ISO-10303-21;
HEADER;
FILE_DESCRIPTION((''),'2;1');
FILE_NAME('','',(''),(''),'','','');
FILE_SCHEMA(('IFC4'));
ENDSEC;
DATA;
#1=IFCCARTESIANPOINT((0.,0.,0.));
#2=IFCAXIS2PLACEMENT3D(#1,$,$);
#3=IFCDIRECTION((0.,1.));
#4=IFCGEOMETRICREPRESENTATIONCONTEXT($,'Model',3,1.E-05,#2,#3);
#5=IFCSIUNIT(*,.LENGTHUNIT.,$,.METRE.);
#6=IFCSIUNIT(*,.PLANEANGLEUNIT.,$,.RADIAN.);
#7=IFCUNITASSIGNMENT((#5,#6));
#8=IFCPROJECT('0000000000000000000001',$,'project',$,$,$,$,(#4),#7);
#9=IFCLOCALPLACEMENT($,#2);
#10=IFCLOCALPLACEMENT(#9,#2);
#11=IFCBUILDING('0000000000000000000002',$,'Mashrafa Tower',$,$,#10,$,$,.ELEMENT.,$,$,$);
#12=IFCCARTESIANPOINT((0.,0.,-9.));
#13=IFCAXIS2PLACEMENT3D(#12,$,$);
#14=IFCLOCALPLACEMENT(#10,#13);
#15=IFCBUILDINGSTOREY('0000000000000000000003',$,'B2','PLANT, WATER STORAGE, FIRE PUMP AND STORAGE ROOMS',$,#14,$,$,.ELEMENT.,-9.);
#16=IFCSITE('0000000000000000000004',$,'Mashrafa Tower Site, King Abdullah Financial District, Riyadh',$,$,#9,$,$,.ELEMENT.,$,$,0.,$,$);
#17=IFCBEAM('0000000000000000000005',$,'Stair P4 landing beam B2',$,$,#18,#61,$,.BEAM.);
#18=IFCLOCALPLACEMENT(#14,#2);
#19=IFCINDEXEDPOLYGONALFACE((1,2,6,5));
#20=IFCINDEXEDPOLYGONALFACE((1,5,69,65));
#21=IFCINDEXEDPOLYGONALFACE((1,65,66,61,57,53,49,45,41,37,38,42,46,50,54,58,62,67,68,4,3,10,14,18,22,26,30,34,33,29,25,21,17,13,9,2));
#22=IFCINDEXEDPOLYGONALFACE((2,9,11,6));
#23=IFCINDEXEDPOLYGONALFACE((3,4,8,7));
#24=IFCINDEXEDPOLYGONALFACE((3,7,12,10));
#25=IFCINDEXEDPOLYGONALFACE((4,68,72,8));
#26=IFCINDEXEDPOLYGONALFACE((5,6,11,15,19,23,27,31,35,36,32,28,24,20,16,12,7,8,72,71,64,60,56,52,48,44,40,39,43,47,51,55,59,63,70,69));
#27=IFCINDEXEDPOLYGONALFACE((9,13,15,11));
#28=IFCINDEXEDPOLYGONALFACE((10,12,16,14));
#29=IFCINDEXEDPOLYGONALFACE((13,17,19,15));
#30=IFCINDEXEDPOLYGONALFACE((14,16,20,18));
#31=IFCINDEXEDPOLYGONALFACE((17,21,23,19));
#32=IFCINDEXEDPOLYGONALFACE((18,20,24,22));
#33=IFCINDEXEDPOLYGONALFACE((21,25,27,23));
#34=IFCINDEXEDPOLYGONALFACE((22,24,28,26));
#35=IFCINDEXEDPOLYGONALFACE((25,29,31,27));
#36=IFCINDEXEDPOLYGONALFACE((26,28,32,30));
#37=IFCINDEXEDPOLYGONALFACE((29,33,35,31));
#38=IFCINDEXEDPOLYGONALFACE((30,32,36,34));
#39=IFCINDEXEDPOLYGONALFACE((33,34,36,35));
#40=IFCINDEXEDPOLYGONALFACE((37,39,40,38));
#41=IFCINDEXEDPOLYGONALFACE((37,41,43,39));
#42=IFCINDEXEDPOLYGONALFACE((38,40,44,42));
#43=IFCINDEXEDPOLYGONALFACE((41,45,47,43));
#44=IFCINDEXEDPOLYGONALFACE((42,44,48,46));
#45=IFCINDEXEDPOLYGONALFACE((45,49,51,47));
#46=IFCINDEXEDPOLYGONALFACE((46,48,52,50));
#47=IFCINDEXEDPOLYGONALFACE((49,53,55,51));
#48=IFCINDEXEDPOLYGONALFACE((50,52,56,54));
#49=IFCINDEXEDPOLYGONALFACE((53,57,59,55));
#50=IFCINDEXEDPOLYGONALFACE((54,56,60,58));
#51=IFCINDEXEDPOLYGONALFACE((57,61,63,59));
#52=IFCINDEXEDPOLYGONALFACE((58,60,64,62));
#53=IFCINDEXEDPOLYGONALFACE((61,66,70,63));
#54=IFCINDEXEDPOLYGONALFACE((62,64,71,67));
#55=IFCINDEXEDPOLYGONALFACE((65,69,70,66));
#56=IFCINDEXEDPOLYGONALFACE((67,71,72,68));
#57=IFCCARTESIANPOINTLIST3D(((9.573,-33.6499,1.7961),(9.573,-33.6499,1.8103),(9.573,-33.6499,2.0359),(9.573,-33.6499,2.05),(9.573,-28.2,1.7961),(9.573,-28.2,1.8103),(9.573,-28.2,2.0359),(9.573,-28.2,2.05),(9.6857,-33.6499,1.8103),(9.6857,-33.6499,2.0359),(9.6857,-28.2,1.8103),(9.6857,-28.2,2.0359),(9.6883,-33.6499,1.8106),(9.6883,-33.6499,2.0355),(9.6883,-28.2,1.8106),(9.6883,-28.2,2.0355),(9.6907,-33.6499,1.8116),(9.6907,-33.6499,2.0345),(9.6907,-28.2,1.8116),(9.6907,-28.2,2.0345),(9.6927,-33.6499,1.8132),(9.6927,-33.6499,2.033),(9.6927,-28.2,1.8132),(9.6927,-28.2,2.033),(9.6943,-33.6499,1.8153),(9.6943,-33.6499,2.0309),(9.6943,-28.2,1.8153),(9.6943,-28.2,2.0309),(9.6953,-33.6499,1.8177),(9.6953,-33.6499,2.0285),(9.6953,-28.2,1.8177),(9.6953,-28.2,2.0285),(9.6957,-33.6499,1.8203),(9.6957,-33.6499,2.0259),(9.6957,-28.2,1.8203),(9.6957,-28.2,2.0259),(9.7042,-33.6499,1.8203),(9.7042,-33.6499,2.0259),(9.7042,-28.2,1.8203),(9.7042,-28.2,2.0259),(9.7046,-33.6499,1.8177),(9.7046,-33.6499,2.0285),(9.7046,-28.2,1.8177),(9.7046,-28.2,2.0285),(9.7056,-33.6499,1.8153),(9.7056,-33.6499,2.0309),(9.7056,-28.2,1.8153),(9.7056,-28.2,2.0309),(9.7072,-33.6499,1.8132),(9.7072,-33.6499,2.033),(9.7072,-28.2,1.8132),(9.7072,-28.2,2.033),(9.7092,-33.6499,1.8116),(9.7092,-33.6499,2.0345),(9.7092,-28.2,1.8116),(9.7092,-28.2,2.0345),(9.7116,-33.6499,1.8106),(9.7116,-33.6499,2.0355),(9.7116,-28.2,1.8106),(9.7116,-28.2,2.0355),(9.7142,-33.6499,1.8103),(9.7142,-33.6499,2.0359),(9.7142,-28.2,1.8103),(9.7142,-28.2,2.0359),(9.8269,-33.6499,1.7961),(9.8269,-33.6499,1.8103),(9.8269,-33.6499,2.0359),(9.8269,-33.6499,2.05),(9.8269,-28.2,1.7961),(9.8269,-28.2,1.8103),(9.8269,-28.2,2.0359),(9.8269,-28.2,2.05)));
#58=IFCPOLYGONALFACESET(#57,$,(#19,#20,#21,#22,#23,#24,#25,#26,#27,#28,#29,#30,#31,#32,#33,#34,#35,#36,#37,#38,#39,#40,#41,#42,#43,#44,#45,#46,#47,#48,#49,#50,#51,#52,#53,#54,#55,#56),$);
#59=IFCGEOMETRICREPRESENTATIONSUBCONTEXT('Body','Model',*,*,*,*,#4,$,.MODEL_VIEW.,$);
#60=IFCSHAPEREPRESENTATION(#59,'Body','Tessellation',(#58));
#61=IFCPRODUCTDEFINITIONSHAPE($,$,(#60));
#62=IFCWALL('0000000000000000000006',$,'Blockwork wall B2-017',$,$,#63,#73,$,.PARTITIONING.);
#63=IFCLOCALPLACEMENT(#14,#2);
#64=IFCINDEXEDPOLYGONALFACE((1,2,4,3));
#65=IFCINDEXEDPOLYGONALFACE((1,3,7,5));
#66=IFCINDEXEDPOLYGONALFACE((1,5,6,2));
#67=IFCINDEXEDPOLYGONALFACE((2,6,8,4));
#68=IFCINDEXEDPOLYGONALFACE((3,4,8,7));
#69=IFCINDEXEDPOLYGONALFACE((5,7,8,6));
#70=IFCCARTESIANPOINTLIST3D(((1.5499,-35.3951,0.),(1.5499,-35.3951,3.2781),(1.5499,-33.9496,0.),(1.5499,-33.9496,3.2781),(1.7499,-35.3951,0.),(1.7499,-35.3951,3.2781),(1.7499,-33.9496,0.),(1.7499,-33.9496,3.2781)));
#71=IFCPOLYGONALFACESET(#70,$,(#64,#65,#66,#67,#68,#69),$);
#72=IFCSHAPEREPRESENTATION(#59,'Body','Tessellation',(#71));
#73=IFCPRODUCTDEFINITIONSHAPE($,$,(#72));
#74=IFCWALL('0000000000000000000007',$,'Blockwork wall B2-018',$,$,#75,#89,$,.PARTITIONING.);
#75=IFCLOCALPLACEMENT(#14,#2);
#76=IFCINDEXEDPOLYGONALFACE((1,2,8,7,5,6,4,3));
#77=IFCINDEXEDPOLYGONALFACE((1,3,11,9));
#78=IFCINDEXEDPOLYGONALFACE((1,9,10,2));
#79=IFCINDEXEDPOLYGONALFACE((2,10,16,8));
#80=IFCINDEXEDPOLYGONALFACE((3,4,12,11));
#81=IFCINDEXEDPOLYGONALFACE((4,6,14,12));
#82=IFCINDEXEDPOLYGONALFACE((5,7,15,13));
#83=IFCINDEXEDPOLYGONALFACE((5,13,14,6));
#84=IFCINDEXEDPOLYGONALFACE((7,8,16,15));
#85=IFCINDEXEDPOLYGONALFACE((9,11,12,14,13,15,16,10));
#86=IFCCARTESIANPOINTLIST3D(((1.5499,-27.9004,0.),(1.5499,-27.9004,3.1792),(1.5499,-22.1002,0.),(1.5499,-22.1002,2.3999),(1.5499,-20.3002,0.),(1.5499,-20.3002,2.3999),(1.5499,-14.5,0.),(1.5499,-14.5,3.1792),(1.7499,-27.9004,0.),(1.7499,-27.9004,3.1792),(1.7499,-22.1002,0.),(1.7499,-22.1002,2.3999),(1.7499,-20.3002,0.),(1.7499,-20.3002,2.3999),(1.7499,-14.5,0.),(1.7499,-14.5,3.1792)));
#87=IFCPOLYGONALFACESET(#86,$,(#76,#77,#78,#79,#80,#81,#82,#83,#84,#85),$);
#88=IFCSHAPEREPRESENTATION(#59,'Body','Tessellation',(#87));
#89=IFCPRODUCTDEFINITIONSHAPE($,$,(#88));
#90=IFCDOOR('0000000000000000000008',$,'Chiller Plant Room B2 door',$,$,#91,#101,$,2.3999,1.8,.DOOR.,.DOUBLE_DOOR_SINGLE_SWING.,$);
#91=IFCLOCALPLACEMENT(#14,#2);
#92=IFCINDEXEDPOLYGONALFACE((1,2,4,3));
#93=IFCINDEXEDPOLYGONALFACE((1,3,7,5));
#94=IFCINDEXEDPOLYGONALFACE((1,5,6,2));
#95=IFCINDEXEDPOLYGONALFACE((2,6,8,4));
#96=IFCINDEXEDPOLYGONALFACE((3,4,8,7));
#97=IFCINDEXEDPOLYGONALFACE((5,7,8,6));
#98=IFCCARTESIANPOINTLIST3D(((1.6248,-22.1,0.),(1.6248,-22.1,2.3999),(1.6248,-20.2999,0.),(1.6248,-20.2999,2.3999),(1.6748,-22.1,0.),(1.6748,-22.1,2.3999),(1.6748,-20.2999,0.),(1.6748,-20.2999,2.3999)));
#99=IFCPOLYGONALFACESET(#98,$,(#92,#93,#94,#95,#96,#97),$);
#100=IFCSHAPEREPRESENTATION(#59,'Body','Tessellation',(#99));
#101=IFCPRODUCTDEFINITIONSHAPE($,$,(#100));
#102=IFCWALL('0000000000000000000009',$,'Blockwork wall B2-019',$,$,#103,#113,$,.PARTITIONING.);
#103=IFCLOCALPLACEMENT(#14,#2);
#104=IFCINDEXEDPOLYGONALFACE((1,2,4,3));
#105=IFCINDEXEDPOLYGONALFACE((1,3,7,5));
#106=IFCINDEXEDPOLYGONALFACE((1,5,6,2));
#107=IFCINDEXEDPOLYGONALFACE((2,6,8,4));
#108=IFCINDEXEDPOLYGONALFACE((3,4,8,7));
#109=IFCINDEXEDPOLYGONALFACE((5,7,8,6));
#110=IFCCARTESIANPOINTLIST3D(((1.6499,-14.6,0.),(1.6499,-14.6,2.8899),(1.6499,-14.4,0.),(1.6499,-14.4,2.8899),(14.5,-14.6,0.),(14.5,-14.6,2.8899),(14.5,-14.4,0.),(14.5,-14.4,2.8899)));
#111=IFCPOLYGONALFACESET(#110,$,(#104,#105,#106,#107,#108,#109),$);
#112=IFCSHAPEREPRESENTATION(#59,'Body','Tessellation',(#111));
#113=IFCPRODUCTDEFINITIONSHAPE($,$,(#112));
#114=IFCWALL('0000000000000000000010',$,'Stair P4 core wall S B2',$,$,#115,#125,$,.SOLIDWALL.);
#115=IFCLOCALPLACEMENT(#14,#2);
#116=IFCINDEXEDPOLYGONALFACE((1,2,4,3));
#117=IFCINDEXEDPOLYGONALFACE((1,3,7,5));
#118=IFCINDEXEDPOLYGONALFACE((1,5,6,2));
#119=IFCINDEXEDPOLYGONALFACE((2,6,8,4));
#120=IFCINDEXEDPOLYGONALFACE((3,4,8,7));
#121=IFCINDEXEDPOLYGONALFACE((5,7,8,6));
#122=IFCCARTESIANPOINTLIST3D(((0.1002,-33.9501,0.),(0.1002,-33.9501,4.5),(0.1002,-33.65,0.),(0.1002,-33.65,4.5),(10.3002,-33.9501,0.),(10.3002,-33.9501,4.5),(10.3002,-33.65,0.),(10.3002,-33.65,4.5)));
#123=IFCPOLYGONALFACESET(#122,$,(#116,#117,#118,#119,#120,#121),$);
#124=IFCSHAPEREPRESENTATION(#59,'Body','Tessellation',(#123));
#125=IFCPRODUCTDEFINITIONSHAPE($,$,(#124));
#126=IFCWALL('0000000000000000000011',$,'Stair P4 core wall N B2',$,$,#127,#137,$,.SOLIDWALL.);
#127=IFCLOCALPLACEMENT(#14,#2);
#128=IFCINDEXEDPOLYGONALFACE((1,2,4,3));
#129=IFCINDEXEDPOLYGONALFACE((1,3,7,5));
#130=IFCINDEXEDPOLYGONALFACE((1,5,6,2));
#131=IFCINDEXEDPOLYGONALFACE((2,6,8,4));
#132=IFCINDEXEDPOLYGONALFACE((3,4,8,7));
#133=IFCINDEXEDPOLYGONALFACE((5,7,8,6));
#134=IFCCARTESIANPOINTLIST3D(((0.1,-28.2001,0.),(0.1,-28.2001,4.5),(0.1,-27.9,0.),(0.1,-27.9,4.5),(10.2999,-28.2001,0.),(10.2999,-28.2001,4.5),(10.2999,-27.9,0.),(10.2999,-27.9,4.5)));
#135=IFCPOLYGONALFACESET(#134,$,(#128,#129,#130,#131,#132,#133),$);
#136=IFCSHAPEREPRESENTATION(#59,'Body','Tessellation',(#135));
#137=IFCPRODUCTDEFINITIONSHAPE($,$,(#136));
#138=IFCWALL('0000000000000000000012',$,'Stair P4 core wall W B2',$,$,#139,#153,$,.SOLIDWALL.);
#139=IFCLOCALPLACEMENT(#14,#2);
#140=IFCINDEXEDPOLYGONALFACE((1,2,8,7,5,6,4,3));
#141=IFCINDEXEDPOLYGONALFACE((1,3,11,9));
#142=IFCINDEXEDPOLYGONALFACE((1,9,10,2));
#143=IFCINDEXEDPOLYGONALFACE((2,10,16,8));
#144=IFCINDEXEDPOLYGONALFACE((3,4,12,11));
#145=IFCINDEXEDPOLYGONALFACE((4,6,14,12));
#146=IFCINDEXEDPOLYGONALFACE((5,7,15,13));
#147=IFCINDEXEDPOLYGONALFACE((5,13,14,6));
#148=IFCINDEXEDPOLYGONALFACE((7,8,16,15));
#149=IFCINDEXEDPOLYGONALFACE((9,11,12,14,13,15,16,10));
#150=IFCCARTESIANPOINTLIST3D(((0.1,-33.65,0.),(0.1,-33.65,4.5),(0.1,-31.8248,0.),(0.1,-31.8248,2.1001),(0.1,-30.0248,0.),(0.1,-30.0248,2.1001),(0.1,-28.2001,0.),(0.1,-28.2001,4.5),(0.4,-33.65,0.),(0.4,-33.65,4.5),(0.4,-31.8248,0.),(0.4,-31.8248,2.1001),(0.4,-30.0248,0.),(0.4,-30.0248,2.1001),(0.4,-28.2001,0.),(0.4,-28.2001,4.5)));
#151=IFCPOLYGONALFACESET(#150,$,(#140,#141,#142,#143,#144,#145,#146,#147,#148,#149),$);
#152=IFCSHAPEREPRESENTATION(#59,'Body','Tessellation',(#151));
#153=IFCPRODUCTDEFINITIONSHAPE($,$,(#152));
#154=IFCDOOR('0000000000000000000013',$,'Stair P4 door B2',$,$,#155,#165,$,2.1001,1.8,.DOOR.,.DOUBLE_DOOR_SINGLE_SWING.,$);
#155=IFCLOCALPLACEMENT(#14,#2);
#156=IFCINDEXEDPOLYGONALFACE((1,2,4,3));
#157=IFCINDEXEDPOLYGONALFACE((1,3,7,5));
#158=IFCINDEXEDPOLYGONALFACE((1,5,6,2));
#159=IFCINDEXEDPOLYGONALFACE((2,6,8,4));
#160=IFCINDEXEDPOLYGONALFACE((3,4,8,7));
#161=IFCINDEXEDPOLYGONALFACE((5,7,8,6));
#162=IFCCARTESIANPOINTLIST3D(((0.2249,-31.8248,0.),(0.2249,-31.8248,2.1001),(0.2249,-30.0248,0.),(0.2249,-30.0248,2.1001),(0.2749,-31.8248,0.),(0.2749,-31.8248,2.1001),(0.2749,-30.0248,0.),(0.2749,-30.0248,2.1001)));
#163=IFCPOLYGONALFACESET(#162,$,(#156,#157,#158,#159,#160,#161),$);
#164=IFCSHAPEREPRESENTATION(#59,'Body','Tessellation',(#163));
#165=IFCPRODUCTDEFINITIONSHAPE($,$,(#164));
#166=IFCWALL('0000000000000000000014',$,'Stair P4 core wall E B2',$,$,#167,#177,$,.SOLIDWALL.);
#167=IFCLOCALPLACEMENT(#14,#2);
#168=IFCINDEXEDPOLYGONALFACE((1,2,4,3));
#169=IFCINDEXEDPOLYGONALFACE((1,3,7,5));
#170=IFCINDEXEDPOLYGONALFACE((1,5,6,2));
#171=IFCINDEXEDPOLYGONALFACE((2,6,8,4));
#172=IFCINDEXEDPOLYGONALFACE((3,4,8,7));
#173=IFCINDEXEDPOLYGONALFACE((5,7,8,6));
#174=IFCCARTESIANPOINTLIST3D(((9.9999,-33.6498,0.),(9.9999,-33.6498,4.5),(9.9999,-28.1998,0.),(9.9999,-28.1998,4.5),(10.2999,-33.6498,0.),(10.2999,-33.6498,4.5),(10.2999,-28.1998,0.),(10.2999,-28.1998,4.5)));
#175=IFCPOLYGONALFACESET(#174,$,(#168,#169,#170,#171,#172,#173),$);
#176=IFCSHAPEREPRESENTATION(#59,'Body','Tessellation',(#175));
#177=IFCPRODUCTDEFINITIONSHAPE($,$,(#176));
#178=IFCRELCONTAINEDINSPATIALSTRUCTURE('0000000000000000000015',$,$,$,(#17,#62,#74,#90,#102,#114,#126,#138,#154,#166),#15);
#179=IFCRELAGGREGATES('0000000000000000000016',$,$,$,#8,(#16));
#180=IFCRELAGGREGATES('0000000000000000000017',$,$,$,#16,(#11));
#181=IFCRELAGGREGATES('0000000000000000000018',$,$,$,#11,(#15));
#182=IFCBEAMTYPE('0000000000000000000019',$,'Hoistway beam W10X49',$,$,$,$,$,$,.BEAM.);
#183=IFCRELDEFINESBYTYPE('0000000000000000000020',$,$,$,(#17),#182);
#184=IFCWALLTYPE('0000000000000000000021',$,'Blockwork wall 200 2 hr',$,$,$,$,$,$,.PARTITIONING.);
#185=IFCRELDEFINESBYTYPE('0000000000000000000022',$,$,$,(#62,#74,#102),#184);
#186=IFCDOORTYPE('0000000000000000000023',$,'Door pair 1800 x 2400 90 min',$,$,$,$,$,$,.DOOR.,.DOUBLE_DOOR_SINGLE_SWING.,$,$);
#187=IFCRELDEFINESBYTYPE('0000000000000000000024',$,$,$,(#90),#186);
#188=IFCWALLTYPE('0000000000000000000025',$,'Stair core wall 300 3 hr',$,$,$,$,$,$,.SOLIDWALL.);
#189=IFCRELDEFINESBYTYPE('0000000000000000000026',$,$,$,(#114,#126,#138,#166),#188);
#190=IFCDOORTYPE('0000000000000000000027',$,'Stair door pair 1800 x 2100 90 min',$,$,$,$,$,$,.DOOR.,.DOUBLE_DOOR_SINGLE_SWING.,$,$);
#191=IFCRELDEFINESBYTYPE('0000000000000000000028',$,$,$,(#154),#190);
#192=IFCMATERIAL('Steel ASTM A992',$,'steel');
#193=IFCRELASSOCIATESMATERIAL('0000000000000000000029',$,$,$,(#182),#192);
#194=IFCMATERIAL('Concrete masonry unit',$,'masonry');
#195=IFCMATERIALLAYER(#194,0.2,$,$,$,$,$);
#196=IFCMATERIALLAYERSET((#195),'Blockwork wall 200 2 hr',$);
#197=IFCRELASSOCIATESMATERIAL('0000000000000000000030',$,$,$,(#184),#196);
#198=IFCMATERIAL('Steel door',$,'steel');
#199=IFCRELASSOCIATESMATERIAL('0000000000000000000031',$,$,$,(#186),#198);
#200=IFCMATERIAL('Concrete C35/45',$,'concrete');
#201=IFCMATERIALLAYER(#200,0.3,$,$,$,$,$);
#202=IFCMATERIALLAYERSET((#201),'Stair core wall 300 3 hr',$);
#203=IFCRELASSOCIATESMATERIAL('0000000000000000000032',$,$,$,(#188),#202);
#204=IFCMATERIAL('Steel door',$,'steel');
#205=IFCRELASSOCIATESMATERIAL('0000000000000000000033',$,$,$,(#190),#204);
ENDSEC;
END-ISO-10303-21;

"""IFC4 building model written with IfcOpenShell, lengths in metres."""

from ifc_helpers import new_model, si_unit, direction, frame, frame_2d, origin, origin_2d, place, context, subcontext, project, spatial, rectangle, i_section, extrude, material, layer, layer_set, material_profile, profile_set, type_object, element, fill, save


model = new_model("IFC4")

# Units and contexts
model_context = context("Model", 3, precision=1e-05, world=origin(), true_north=direction((0.0, 1.0)))
body_context = subcontext(model_context, "Body", "Model", "MODEL_VIEW")
ifc_project = project(units=[si_unit("LENGTHUNIT", "METRE"), si_unit("PLANEANGLEUNIT", "RADIAN")], contexts=[model_context])

# Site, building, storey
site_placement = place(None, origin())
site = spatial("IfcSite", under=ifc_project, at=site_placement, Name="Mashrafa Tower Site, King Abdullah Financial District, Riyadh", CompositionType="ELEMENT", RefElevation=0.0)
building_placement = place(site_placement, origin())
building = spatial("IfcBuilding", under=site, at=building_placement, Name="Mashrafa Tower", CompositionType="ELEMENT")
storey_placement = place(building_placement, frame((0.0, 0.0, -9.0)))
storey = spatial("IfcBuildingStorey", under=building, at=storey_placement, Name="B2", Description="PLANT, WATER STORAGE, FIRE PUMP AND STORAGE ROOMS", CompositionType="ELEMENT", Elevation=-9.0)

# Beam
ifc_material_1 = material(Name="Steel ASTM A992", Category="steel")
ifc_material_profile_1 = material_profile(ifc_material_1, i_section(OverallWidth=0.2539, OverallDepth=0.2539, WebThickness=0.0085, FlangeThickness=0.0142, FilletRadius=0.01, at=origin_2d()), Name="W10X49")
ifc_profile_set_1 = profile_set([ifc_material_profile_1], Name="Steel ASTM A992")
beam_type = type_object("IfcBeamType", Name="Hoistway beam W10X49", PredefinedType="BEAM", material=ifc_profile_set_1)
beam_placement = place(storey_placement, frame((9.7, -33.6499, 1.9231), z_axis=(0.0, 1.0, 0.0), x_axis=(-1.0, 0.0, 0.0)))
element("IfcBeam", 1, at=beam_placement, inside=storey, type_object=beam_type, Name="Stair P4 landing beam B2", PredefinedType="BEAM", context=body_context, shape_type="SweptSolid", body=[
    extrude(i_section(OverallWidth=0.2539, OverallDepth=0.2539, WebThickness=0.0085, FlangeThickness=0.0142, FilletRadius=0.01, at=origin_2d()), origin(), (0.0, 0.0, 1.0), 5.45),
])

# Wall
ifc_material_2 = material(Name="Concrete masonry unit", Category="masonry")
ifc_layer_1 = layer(ifc_material_2, 0.2)
ifc_layer_set_1 = layer_set([ifc_layer_1], Name="Blockwork wall 200 2 hr")
wall_type_1 = type_object("IfcWallType", Name="Blockwork wall 200 2 hr", PredefinedType="PARTITIONING", material=ifc_layer_set_1)
wall_1_placement = place(storey_placement, frame((1.6499, -35.395, 0.0), z_axis=(0.0, 0.0, 1.0), x_axis=(0.0, 1.0, 0.0)))
element("IfcWall", 2, at=wall_1_placement, inside=storey, type_object=wall_type_1, Name="Blockwork wall B2-017", PredefinedType="PARTITIONING", context=body_context, shape_type="SweptSolid", body=[
    extrude(rectangle(XDim=1.4456, YDim=0.2, at=frame_2d((0.7227, 0.0))), origin(), (0.0, 0.0, 1.0), 3.2781),
])

# Wall, opening, door
wall_2_placement = place(storey_placement, frame((1.6499, -27.9004, 0.0), z_axis=(0.0, 0.0, 1.0), x_axis=(0.0, 1.0, 0.0)))
wall_2 = element("IfcWall", 3, at=wall_2_placement, inside=storey, type_object=wall_type_1, Name="Blockwork wall B2-018", PredefinedType="PARTITIONING", context=body_context, shape_type="SweptSolid", body=[
    extrude(rectangle(XDim=13.4004, YDim=0.2, at=frame_2d((6.7002, 0.0))), origin(), (0.0, 0.0, 1.0), 3.1792),
])
opening_1_placement = place(wall_2_placement, frame((5.8003, 0.0, 0.0)))
opening_1 = element("IfcOpeningElement", 4, at=opening_1_placement, cuts=wall_2, PredefinedType="OPENING", context=body_context, shape_type="SweptSolid", body=[
    extrude(rectangle(XDim=1.8, YDim=2.3999, at=frame_2d((0.8999, 1.2))), frame((0.0, 0.1099, 0.0), z_axis=(0.0, -1.0, 0.0), x_axis=(1.0, 0.0, 0.0)), (0.0, 0.0, 1.0), 0.22),
])
ifc_material_3 = material(Name="Steel door", Category="steel")
door_type_1 = type_object("IfcDoorType", Name="Door pair 1800 x 2400 90 min", OperationType="DOUBLE_DOOR_SINGLE_SWING", PredefinedType="DOOR", material=ifc_material_3)
door_1_placement = place(opening_1_placement, frame((1.8, 0.0, 0.0), z_axis=(0.0, 0.0, 1.0), x_axis=(-1.0, 0.0, 0.0)))
door_1 = element("IfcDoor", 5, at=door_1_placement, inside=storey, type_object=door_type_1, Name="Chiller Plant Room B2 door", OperationType="DOUBLE_DOOR_SINGLE_SWING", OverallHeight=2.3999, OverallWidth=1.8, PredefinedType="DOOR", context=body_context, shape_type="SweptSolid", body=[
    extrude(rectangle(XDim=1.8, YDim=2.3999, at=frame_2d((0.8999, 1.2))), frame((0.0, 0.0249, 0.0), z_axis=(0.0, -1.0, 0.0), x_axis=(1.0, 0.0, 0.0)), (0.0, 0.0, 1.0), 0.05),
])
fill(opening_1, door_1)

# Walls
wall_3_placement = place(storey_placement, frame((1.6499, -14.5, 0.0), z_axis=(0.0, 0.0, 1.0), x_axis=(1.0, 0.0, 0.0)))
element("IfcWall", 6, at=wall_3_placement, inside=storey, type_object=wall_type_1, Name="Blockwork wall B2-019", PredefinedType="PARTITIONING", context=body_context, shape_type="SweptSolid", body=[
    extrude(rectangle(XDim=12.8501, YDim=0.2, at=frame_2d((6.425, 0.0))), origin(), (0.0, 0.0, 1.0), 2.8899),
])
ifc_material_4 = material(Name="Concrete C35/45", Category="concrete")
ifc_layer_2 = layer(ifc_material_4, 0.3)
ifc_layer_set_2 = layer_set([ifc_layer_2], Name="Stair core wall 300 3 hr")
wall_type_2 = type_object("IfcWallType", Name="Stair core wall 300 3 hr", PredefinedType="SOLIDWALL", material=ifc_layer_set_2)
for number, where, z_axis, x_axis, name in (
    (7, (0.1001, -33.8, 0.0), (0.0, 0.0, 1.0), (1.0, 0.0, 0.0), "Stair P4 core wall S B2"),
    (8, (10.3, -28.05, 0.0), (0.0, 0.0, 1.0), (-1.0, 0.0, 0.0), "Stair P4 core wall N B2"),
):
    element("IfcWall", number, at=place(storey_placement, frame(where, z_axis=z_axis, x_axis=x_axis)), inside=storey, type_object=wall_type_2, Name=name, PredefinedType="SOLIDWALL", context=body_context, shape_type="SweptSolid", body=[
        extrude(rectangle(XDim=10.2, YDim=0.3, at=frame_2d((5.1001, 0.0))), origin(), (0.0, 0.0, 1.0), 4.5),
    ])

# Wall, opening, door
wall_4_placement = place(storey_placement, frame((0.25, -28.2, 0.0), z_axis=(0.0, 0.0, 1.0), x_axis=(0.0, -1.0, 0.0)))
wall_4 = element("IfcWall", 9, at=wall_4_placement, inside=storey, type_object=wall_type_2, Name="Stair P4 core wall W B2", PredefinedType="SOLIDWALL", context=body_context, shape_type="SweptSolid", body=[
    extrude(rectangle(XDim=5.45, YDim=0.3, at=frame_2d((2.7251, 0.0))), origin(), (0.0, 0.0, 1.0), 4.5),
])
opening_2_placement = place(wall_4_placement, frame((1.825, 0.0, 0.0)))
opening_2 = element("IfcOpeningElement", 10, at=opening_2_placement, cuts=wall_4, PredefinedType="OPENING", context=body_context, shape_type="SweptSolid", body=[
    extrude(rectangle(XDim=1.8, YDim=2.1001, at=frame_2d((0.8999, 1.05))), frame((0.0, 0.1599, 0.0), z_axis=(0.0, -1.0, 0.0), x_axis=(1.0, 0.0, 0.0)), (0.0, 0.0, 1.0), 0.3201),
])
ifc_material_5 = material(Name="Steel door", Category="steel")
door_type_2 = type_object("IfcDoorType", Name="Stair door pair 1800 x 2100 90 min", OperationType="DOUBLE_DOOR_SINGLE_SWING", PredefinedType="DOOR", material=ifc_material_5)
door_2_placement = place(opening_2_placement, origin())
door_2 = element("IfcDoor", 11, at=door_2_placement, inside=storey, type_object=door_type_2, Name="Stair P4 door B2", OperationType="DOUBLE_DOOR_SINGLE_SWING", OverallHeight=2.1001, OverallWidth=1.8, PredefinedType="DOOR", context=body_context, shape_type="SweptSolid", body=[
    extrude(rectangle(XDim=1.8, YDim=2.1001, at=frame_2d((0.8999, 1.05))), frame((0.0, 0.0249, 0.0), z_axis=(0.0, -1.0, 0.0), x_axis=(1.0, 0.0, 0.0)), (0.0, 0.0, 1.0), 0.05),
])
fill(opening_2, door_2)

# Wall
wall_5_placement = place(storey_placement, frame((10.1499, -33.6499, 0.0), z_axis=(0.0, 0.0, 1.0), x_axis=(0.0, 1.0, 0.0)))
element("IfcWall", 12, at=wall_5_placement, inside=storey, type_object=wall_type_2, Name="Stair P4 core wall E B2", PredefinedType="SOLIDWALL", context=body_context, shape_type="SweptSolid", body=[
    extrude(rectangle(XDim=5.45, YDim=0.3, at=frame_2d((2.7251, 0.0))), origin(), (0.0, 0.0, 1.0), 4.5),
])

save(model, "model.ifc")
